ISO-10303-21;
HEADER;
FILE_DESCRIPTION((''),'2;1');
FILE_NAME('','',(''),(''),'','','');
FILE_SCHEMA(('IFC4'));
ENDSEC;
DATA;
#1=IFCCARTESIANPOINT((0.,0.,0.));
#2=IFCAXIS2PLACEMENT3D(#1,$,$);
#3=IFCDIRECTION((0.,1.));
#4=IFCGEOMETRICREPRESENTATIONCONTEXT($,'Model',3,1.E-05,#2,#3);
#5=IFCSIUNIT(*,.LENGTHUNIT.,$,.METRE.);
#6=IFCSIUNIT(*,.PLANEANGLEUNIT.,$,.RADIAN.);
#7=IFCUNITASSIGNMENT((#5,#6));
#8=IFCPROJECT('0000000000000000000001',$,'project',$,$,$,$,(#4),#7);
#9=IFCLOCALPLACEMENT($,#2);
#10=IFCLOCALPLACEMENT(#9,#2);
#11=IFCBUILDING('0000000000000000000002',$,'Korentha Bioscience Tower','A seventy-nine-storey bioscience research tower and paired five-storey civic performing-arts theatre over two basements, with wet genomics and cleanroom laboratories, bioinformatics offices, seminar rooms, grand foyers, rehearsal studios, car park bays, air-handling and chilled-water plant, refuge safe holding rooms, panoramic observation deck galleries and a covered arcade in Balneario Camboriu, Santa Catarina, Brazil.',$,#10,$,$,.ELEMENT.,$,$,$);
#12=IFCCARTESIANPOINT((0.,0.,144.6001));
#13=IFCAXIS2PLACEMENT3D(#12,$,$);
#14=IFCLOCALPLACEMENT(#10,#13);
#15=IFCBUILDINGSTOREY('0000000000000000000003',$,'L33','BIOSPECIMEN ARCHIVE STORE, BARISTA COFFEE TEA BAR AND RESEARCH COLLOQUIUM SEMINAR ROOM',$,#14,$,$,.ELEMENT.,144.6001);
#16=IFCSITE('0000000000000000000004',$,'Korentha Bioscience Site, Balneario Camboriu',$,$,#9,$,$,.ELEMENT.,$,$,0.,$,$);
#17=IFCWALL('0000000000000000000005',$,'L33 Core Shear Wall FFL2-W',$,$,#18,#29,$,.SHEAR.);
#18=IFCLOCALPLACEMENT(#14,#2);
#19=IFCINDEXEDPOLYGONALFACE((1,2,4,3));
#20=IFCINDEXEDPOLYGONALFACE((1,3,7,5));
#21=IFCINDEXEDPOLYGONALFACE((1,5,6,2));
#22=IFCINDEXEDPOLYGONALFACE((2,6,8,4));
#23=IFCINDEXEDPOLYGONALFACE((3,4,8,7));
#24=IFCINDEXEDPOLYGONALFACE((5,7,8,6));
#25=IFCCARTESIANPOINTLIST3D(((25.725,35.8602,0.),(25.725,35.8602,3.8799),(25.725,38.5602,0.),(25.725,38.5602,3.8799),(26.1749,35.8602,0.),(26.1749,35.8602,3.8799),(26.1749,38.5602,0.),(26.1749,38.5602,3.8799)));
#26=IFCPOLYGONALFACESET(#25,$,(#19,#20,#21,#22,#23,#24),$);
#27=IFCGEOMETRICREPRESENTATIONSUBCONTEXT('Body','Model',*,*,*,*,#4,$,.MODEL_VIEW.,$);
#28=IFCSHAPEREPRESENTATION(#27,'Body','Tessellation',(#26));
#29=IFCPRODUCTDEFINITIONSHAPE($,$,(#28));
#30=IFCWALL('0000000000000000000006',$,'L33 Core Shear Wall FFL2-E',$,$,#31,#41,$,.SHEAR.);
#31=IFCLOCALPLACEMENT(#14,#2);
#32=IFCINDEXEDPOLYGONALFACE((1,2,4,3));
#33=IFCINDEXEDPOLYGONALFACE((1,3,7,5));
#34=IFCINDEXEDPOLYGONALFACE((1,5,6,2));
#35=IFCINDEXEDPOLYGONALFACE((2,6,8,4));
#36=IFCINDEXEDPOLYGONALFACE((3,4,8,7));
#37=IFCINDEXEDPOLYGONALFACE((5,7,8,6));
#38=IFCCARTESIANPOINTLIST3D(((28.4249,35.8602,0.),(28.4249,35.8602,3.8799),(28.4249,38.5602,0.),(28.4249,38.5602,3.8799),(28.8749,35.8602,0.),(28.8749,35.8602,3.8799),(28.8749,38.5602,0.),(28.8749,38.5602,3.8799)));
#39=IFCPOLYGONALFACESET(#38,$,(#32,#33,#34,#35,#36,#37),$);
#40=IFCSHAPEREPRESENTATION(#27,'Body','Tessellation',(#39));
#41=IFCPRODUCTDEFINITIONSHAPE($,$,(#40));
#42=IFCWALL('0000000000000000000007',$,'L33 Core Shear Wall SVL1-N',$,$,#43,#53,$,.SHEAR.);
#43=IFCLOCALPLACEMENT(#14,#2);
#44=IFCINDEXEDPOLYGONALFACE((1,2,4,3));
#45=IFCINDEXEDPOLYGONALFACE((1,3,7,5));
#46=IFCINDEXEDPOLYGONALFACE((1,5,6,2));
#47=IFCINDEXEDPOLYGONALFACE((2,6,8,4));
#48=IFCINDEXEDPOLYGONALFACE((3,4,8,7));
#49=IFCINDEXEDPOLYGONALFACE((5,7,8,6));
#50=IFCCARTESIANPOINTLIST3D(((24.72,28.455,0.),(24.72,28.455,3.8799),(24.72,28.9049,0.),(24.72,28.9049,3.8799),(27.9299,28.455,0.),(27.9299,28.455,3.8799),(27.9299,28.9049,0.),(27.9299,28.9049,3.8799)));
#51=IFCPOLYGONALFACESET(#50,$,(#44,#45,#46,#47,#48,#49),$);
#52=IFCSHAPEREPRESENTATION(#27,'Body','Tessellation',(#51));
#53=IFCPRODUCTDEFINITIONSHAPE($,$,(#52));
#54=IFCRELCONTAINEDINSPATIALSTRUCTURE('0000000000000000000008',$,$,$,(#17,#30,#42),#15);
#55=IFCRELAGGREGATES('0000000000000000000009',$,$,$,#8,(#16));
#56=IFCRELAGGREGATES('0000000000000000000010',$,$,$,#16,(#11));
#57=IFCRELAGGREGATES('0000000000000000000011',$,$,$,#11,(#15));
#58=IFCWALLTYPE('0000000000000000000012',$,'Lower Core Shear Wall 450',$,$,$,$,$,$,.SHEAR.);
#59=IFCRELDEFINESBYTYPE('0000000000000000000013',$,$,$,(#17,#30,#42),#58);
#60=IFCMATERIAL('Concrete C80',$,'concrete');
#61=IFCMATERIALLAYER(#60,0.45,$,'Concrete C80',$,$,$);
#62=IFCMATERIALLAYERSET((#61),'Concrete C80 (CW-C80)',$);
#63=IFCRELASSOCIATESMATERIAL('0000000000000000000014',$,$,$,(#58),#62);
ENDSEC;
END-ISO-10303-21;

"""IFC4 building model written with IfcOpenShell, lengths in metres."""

from ifc_helpers import new_model, si_unit, direction, frame, frame_2d, origin, place, context, subcontext, project, spatial, rectangle, extrude, material, layer, layer_set, type_object, element, save


model = new_model("IFC4")

# Units and contexts
model_context = context("Model", 3, precision=1e-05, world=origin(), true_north=direction((0.0, 1.0)))
body_context = subcontext(model_context, "Body", "Model", "MODEL_VIEW")
ifc_project = project(units=[si_unit("LENGTHUNIT", "METRE"), si_unit("PLANEANGLEUNIT", "RADIAN")], contexts=[model_context])

# Site, building, storey
site_placement = place(None, origin())
site = spatial("IfcSite", under=ifc_project, at=site_placement, Name="Korentha Bioscience Site, Balneario Camboriu", CompositionType="ELEMENT", RefElevation=0.0)
building_placement = place(site_placement, origin())
building = spatial("IfcBuilding", under=site, at=building_placement, Name="Korentha Bioscience Tower", Description="A seventy-nine-storey bioscience research tower and paired five-storey civic performing-arts theatre over two basements, with wet genomics and cleanroom laboratories, bioinformatics offices, seminar rooms, grand foyers, rehearsal studios, car park bays, air-handling and chilled-water plant, refuge safe holding rooms, panoramic observation deck galleries and a covered arcade in Balneario Camboriu, Santa Catarina, Brazil.", CompositionType="ELEMENT")
storey_placement = place(building_placement, frame((0.0, 0.0, 144.6001)))
storey = spatial("IfcBuildingStorey", under=building, at=storey_placement, Name="L33", Description="BIOSPECIMEN ARCHIVE STORE, BARISTA COFFEE TEA BAR AND RESEARCH COLLOQUIUM SEMINAR ROOM", CompositionType="ELEMENT", Elevation=144.6001)

# Shared definitions
ifc_material_1 = material(Name="Concrete C80", Category="concrete")

# Shared definitions
ifc_layer_1 = layer(ifc_material_1, 0.45, Name="Concrete C80")
ifc_layer_set_1 = layer_set([ifc_layer_1], Name="Concrete C80 (CW-C80)")
wall_type_1 = type_object("IfcWallType", Name="Lower Core Shear Wall 450", PredefinedType="SHEAR", material=ifc_layer_set_1)

# Walls
for number, where, z_axis, x_axis, name in (
    (1, (25.95, 35.8601, 0.0), (0.0, 0.0, 1.0), (0.0, 1.0, 0.0), "L33 Core Shear Wall FFL2-W"),
    (2, (28.6499, 35.8601, 0.0), (0.0, 0.0, 1.0), (0.0, 1.0, 0.0), "L33 Core Shear Wall FFL2-E"),
):
    element("IfcWall", number, at=place(storey_placement, frame(where, z_axis=z_axis, x_axis=x_axis)), inside=storey, type_object=wall_type_1, Name=name, PredefinedType="SHEAR", context=body_context, shape_type="SweptSolid", body=[
        extrude(rectangle(XDim=2.7, YDim=0.45, at=frame_2d((1.3501, 0.0))), origin(), (0.0, 0.0, 1.0), 3.8799),
    ])
wall_1_placement = place(storey_placement, frame((24.72, 28.6799, 0.0), z_axis=(0.0, 0.0, 1.0), x_axis=(1.0, 0.0, 0.0)))
element("IfcWall", 3, at=wall_1_placement, inside=storey, type_object=wall_type_1, Name="L33 Core Shear Wall SVL1-N", PredefinedType="SHEAR", context=body_context, shape_type="SweptSolid", body=[
    extrude(rectangle(XDim=3.21, YDim=0.45, at=frame_2d((1.605, 0.0))), origin(), (0.0, 0.0, 1.0), 3.8799),
])

save(model, "model.ifc")
